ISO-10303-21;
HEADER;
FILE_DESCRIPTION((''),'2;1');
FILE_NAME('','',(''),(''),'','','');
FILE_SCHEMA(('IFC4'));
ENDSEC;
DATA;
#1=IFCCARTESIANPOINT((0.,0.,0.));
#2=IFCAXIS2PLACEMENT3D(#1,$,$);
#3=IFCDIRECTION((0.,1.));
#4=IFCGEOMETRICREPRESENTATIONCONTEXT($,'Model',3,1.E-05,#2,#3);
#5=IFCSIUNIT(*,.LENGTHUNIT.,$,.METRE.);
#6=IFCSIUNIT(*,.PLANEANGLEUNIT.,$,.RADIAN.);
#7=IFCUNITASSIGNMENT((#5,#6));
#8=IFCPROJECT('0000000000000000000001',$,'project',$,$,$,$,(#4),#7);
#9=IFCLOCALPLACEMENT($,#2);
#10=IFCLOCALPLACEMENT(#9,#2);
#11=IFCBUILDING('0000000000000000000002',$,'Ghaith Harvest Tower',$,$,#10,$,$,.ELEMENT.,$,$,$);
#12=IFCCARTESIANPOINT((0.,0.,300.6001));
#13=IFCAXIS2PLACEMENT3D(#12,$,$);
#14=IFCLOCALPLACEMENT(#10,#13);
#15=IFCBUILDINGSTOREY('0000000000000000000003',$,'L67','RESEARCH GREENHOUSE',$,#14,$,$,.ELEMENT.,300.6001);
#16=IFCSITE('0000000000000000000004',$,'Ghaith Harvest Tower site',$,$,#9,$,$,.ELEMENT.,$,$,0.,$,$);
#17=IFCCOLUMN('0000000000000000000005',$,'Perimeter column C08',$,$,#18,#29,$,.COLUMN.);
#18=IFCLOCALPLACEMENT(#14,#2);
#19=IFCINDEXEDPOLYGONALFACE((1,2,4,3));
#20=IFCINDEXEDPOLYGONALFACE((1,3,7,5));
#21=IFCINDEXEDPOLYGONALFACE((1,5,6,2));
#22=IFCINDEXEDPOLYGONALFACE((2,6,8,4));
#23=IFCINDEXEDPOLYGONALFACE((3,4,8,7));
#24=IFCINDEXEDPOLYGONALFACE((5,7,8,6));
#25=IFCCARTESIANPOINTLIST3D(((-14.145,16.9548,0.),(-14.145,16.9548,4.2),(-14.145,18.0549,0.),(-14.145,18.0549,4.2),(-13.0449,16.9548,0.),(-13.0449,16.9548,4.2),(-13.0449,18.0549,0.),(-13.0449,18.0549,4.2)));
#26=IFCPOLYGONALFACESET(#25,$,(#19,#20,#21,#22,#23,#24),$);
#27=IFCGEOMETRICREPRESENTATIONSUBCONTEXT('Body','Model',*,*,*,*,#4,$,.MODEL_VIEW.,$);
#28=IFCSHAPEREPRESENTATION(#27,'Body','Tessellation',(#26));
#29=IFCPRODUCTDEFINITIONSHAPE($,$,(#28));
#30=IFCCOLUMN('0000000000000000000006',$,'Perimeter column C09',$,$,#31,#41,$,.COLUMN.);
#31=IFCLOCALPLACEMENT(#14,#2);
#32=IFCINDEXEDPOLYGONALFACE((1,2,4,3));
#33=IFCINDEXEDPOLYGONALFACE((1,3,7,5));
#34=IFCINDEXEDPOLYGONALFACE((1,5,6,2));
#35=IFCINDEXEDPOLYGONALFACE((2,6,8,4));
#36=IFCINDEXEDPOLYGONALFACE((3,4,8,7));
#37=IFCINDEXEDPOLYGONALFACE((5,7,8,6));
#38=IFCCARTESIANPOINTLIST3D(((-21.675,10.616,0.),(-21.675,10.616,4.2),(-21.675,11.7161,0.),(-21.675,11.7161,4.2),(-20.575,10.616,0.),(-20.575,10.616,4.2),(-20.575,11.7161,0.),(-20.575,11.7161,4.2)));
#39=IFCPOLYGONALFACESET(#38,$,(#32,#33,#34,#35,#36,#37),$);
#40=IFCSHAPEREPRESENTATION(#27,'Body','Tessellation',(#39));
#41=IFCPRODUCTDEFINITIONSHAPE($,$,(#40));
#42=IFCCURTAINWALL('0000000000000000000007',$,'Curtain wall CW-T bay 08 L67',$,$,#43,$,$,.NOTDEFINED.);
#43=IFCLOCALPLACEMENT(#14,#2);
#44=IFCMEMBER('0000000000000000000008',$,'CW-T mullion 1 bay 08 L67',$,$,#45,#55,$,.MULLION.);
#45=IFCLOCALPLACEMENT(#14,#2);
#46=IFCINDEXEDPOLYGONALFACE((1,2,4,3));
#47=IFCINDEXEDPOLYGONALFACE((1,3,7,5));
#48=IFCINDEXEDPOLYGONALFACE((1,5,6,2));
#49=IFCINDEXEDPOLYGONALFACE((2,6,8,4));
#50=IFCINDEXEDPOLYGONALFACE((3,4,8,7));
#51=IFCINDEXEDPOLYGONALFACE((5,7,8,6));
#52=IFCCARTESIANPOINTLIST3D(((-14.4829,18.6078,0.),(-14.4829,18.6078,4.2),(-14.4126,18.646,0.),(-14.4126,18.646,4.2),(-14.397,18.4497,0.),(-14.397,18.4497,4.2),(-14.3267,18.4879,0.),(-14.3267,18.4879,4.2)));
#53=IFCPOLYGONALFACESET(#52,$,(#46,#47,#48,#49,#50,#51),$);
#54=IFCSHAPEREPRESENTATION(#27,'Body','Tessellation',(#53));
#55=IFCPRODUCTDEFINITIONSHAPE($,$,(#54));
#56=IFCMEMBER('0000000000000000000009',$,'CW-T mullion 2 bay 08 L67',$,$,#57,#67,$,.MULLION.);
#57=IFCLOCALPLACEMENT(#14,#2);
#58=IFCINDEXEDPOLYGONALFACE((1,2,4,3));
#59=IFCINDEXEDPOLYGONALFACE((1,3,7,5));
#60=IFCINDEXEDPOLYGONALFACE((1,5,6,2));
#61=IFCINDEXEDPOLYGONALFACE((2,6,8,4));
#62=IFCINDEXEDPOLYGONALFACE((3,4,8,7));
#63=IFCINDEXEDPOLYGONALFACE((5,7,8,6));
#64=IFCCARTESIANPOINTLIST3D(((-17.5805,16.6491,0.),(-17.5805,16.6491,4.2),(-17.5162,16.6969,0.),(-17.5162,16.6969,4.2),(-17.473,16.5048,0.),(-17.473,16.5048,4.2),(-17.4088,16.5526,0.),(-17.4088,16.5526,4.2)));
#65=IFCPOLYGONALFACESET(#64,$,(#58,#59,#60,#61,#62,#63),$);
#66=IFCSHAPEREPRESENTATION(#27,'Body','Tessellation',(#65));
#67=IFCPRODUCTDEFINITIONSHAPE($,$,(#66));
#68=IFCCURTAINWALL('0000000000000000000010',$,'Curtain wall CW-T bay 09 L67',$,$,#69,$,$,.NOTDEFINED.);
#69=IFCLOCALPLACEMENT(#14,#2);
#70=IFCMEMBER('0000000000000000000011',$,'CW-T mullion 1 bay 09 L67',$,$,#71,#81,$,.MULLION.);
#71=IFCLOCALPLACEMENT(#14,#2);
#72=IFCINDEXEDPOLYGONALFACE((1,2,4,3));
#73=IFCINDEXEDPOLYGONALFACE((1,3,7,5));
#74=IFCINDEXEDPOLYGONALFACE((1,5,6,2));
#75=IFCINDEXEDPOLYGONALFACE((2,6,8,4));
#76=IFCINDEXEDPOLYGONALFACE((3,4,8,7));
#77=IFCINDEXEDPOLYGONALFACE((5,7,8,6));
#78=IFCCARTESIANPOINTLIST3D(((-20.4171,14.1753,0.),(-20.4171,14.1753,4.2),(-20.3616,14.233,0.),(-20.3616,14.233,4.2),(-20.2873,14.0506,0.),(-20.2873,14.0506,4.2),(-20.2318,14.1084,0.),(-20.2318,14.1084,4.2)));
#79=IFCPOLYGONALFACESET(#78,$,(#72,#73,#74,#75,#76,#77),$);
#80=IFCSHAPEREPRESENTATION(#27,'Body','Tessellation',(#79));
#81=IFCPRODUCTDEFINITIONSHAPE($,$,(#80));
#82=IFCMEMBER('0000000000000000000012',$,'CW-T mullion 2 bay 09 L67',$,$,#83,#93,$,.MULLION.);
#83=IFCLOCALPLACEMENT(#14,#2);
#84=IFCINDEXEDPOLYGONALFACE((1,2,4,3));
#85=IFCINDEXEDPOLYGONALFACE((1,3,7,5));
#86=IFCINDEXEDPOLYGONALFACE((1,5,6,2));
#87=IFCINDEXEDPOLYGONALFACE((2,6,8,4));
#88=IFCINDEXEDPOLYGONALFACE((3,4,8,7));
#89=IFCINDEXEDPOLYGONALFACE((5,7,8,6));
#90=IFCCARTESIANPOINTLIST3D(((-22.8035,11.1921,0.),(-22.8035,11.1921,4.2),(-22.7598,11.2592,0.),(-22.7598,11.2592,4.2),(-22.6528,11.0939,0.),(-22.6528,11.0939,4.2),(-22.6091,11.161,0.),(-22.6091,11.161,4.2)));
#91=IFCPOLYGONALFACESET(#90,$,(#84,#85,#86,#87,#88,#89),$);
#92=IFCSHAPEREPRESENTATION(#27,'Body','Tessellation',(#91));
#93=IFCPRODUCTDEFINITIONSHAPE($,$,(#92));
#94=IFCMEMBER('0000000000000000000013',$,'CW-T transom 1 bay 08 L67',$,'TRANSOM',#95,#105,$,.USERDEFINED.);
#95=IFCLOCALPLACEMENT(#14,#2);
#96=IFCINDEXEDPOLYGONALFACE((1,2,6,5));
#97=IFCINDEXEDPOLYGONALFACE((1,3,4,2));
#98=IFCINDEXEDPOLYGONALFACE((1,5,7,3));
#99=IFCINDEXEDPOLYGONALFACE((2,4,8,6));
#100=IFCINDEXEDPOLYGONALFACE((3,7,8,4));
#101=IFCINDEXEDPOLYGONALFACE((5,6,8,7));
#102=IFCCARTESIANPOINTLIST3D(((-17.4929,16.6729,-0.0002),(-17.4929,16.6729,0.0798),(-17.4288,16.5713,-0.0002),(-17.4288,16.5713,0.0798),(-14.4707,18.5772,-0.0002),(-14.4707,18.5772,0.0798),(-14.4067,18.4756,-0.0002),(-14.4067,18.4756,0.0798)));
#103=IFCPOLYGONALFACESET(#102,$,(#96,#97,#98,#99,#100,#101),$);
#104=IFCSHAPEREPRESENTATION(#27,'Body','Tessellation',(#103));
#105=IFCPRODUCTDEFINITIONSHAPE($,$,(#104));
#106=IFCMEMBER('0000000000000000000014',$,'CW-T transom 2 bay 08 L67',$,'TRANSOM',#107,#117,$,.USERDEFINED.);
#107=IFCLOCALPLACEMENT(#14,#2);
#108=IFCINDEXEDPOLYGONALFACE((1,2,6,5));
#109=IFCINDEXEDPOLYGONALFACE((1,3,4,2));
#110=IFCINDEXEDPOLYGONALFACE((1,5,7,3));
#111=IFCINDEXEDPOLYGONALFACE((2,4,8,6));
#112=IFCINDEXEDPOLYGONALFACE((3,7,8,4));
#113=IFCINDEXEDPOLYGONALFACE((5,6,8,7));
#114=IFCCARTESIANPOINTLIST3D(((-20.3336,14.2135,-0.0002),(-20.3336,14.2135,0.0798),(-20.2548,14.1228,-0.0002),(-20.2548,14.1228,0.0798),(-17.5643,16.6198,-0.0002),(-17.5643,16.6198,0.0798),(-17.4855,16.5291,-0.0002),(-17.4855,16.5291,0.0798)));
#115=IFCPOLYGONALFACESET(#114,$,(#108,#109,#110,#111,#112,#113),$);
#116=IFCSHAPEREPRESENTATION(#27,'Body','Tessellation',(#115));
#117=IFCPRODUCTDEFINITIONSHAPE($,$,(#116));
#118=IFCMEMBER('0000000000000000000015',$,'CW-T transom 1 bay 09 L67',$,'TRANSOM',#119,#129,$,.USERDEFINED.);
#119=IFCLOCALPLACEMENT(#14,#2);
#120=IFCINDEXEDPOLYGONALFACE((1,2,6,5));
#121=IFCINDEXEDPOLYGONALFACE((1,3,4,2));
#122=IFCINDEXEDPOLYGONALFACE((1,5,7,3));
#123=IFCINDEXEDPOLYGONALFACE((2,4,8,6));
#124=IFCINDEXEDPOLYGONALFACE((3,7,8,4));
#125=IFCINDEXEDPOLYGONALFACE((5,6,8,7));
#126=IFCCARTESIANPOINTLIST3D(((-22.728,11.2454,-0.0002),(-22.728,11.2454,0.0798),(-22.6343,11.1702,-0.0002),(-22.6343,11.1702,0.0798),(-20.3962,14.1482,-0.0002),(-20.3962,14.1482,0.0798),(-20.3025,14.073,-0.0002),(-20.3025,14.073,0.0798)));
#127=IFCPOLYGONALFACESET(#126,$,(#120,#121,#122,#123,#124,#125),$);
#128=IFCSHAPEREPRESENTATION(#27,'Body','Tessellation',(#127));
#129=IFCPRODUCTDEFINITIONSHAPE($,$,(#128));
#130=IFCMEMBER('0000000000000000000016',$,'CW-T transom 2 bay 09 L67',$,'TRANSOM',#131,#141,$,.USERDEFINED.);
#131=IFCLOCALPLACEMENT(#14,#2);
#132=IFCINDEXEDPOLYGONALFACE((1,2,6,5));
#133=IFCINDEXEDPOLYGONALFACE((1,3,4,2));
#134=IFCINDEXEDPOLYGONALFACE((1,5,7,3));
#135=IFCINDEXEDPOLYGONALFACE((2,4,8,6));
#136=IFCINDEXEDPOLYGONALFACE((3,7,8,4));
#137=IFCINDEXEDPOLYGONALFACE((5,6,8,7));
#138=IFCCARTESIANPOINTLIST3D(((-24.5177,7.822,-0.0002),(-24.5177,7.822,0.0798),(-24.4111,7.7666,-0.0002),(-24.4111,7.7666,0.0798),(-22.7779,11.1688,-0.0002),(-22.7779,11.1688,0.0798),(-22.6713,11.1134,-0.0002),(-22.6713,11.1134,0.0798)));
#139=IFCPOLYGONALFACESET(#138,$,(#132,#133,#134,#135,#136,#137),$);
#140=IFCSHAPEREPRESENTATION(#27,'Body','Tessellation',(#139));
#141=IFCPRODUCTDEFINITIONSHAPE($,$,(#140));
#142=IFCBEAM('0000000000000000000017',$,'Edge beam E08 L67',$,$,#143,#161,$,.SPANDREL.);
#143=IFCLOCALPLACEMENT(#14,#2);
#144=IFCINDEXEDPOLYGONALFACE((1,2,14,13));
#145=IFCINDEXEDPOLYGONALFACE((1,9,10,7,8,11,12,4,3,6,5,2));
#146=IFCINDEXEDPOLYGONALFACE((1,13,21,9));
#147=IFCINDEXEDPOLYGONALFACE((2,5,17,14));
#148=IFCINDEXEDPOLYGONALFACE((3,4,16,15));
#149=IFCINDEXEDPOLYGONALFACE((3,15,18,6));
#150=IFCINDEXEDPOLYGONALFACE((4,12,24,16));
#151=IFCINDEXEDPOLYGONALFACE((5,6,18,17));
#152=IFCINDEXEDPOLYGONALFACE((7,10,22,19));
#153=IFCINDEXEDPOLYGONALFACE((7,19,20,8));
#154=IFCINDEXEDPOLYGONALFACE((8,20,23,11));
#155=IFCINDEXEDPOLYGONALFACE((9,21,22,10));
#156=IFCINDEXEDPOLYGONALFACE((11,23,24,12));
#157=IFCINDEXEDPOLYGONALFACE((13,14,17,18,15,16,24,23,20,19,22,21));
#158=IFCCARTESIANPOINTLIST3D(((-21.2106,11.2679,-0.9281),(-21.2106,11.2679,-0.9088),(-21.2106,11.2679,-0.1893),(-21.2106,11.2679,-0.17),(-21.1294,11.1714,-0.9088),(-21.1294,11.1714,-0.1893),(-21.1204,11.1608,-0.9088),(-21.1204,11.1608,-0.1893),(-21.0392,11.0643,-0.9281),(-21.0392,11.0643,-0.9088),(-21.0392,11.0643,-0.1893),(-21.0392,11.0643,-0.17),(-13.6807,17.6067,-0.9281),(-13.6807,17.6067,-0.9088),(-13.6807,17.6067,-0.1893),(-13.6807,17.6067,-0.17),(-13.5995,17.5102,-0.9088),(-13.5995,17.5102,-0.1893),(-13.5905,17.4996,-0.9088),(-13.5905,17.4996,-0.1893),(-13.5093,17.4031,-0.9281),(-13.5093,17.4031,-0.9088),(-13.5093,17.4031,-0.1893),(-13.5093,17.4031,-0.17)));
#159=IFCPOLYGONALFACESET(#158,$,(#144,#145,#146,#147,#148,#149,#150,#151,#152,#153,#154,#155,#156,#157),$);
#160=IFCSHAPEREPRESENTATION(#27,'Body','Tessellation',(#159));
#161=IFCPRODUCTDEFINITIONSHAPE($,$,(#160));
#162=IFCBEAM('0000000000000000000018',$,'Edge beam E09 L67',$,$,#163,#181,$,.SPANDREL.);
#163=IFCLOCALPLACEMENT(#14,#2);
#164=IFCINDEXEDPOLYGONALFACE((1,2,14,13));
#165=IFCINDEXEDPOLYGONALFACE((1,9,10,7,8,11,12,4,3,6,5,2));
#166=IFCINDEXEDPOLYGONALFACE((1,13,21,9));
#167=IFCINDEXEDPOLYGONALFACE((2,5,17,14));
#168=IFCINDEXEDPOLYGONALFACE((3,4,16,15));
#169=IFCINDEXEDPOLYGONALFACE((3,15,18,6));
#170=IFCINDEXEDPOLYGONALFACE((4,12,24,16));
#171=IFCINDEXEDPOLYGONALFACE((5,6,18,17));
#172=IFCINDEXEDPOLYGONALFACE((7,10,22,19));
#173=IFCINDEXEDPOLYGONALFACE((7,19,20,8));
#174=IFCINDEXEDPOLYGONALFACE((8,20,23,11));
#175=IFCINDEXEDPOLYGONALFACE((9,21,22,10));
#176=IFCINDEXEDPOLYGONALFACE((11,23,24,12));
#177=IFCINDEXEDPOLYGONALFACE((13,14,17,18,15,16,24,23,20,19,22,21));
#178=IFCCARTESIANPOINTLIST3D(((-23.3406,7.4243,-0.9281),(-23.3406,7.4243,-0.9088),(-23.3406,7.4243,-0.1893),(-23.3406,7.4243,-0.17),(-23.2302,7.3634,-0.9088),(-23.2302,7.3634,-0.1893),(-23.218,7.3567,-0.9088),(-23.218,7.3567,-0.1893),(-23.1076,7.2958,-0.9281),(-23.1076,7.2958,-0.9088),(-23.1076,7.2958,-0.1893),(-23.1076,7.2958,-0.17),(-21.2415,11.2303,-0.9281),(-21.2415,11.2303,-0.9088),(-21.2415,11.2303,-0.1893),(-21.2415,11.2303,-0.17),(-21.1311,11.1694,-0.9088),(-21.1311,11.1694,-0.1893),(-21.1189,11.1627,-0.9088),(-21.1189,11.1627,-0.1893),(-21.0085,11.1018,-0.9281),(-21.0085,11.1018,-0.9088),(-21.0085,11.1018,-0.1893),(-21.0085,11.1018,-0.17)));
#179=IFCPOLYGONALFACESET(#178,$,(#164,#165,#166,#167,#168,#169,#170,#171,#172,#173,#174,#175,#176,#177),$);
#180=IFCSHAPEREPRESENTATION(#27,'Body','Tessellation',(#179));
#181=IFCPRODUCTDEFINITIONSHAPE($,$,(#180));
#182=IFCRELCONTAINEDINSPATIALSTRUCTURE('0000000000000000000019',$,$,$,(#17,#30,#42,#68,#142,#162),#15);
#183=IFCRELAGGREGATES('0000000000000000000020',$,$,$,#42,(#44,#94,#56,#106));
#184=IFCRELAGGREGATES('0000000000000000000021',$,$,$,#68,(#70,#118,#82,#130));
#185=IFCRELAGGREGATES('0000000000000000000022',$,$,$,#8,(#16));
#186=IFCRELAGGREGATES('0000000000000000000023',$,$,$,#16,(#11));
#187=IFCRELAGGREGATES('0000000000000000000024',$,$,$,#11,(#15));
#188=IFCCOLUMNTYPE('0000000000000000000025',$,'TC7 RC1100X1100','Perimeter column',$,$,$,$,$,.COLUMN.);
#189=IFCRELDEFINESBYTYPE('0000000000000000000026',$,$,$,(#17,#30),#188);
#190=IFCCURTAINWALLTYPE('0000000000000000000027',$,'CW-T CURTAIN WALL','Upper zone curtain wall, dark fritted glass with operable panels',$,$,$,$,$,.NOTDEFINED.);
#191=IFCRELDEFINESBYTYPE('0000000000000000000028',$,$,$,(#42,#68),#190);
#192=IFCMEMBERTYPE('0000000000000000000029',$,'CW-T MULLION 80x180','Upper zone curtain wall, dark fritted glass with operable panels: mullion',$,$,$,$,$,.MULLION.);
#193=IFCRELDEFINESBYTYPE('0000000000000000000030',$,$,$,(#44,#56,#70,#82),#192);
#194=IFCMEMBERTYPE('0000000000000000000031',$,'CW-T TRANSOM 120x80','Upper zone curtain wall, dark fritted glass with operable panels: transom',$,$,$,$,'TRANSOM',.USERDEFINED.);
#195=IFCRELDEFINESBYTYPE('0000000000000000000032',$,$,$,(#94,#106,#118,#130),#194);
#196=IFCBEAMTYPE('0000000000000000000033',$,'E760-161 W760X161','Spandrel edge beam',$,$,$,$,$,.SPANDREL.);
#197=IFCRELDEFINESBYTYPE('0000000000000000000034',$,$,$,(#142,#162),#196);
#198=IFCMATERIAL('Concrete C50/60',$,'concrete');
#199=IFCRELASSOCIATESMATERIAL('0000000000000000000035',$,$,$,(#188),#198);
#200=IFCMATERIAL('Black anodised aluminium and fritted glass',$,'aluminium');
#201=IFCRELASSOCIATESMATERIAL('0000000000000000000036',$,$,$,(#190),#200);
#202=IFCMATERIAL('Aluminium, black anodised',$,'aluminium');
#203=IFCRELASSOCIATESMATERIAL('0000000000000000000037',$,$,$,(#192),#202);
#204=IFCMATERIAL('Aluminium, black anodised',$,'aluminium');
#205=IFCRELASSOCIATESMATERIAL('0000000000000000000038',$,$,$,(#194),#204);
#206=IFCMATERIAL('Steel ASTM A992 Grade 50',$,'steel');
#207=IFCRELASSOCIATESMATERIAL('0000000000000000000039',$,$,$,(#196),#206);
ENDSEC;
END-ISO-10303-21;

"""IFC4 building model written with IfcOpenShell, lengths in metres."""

from ifc_helpers import new_model, si_unit, direction, frame, origin, origin_2d, place, context, subcontext, project, spatial, rectangle, i_section, extrude, material, material_profile, profile_set, type_object, element, aggregate, save


model = new_model("IFC4")

# Units and contexts
model_context = context("Model", 3, precision=1e-05, world=origin(), true_north=direction((0.0, 1.0)))
body_context = subcontext(model_context, "Body", "Model", "MODEL_VIEW")
ifc_project = project(units=[si_unit("LENGTHUNIT", "METRE"), si_unit("PLANEANGLEUNIT", "RADIAN")], contexts=[model_context])

# Site, building, storey
site_placement = place(None, origin())
site = spatial("IfcSite", under=ifc_project, at=site_placement, Name="Ghaith Harvest Tower site", CompositionType="ELEMENT", RefElevation=0.0)
building_placement = place(site_placement, origin())
building = spatial("IfcBuilding", under=site, at=building_placement, Name="Ghaith Harvest Tower", CompositionType="ELEMENT")
storey_placement = place(building_placement, frame((0.0, 0.0, 300.6001)))
storey = spatial("IfcBuildingStorey", under=building, at=storey_placement, Name="L67", Description="RESEARCH GREENHOUSE", CompositionType="ELEMENT", Elevation=300.6001)

# Columns
ifc_material_1 = material(Name="Concrete C50/60", Category="concrete")
ifc_material_profile_1 = material_profile(ifc_material_1, rectangle(XDim=1.1001, YDim=1.1001, at=origin_2d()), Name="RC1100X1100")
ifc_profile_set_1 = profile_set([ifc_material_profile_1], Name="Concrete C50/60")
column_type = type_object("IfcColumnType", Name="TC7 RC1100X1100", Description="Perimeter column", PredefinedType="COLUMN", material=ifc_profile_set_1)
for number, where, z_axis, x_axis, name in (
    (1, (-13.595, 17.5049, 0.0), (0.0, 0.0, 1.0), (1.0, 0.0, 0.0), "Perimeter column C08"),
    (2, (-21.125, 11.166, 0.0), (0.0, 0.0, 1.0), (1.0, 0.0, 0.0), "Perimeter column C09"),
):
    element("IfcColumn", number, at=place(storey_placement, frame(where, z_axis=z_axis, x_axis=x_axis)), inside=storey, type_object=column_type, Name=name, PredefinedType="COLUMN", context=body_context, shape_type="SweptSolid", body=[
        extrude(rectangle(XDim=1.1001, YDim=1.1001, at=origin_2d()), origin(), (0.0, 0.0, 1.0), 4.2),
    ])

# Curtain walls, members
ifc_material_2 = material(Name="Black anodised aluminium and fritted glass", Category="aluminium")
curtain_wall_type = type_object("IfcCurtainWallType", Name="CW-T CURTAIN WALL", Description="Upper zone curtain wall, dark fritted glass with operable panels", PredefinedType="NOTDEFINED", material=ifc_material_2)
curtain_wall_1_placement = place(storey_placement, origin())
curtain_wall_1 = element("IfcCurtainWall", 3, at=curtain_wall_1_placement, inside=storey, type_object=curtain_wall_type, Name="Curtain wall CW-T bay 08 L67", PredefinedType="NOTDEFINED")
ifc_material_3 = material(Name="Aluminium, black anodised", Category="aluminium")
ifc_material_profile_2 = material_profile(ifc_material_3, rectangle(XDim=0.0801, YDim=0.1799, at=origin_2d()), Name="CW-T MULLION 80x180")
ifc_profile_set_2 = profile_set([ifc_material_profile_2], Name="Aluminium, black anodised")
member_type_1 = type_object("IfcMemberType", Name="CW-T MULLION 80x180", Description="Upper zone curtain wall, dark fritted glass with operable panels: mullion", PredefinedType="MULLION", material=ifc_profile_set_2)
member_1_placement = place(storey_placement, frame((-14.4048, 18.5479, 0.0), z_axis=(0.0, 0.0, 1.0), x_axis=(-0.878672, -0.477426, 0.0)))
member_1 = element("IfcMember", 4, at=member_1_placement, type_object=member_type_1, Name="CW-T mullion 1 bay 08 L67", PredefinedType="MULLION", context=body_context, shape_type="SweptSolid", body=[
    extrude(rectangle(XDim=0.0801, YDim=0.1799, at=origin_2d()), origin(), (0.0, 0.0, 1.0), 4.2),
])
member_2_placement = place(storey_placement, frame((-17.4946, 16.6008, 0.0), z_axis=(0.0, 0.0, 1.0), x_axis=(-0.80219, -0.597069, 0.0)))
member_2 = element("IfcMember", 5, at=member_2_placement, type_object=member_type_1, Name="CW-T mullion 2 bay 08 L67", PredefinedType="MULLION", context=body_context, shape_type="SweptSolid", body=[
    extrude(rectangle(XDim=0.0801, YDim=0.1799, at=origin_2d()), origin(), (0.0, 0.0, 1.0), 4.2),
])
curtain_wall_2_placement = place(storey_placement, origin())
curtain_wall_2 = element("IfcCurtainWall", 6, at=curtain_wall_2_placement, inside=storey, type_object=curtain_wall_type, Name="Curtain wall CW-T bay 09 L67", PredefinedType="NOTDEFINED")
member_3_placement = place(storey_placement, frame((-20.3245, 14.1418, 0.0), z_axis=(0.0, 0.0, 1.0), x_axis=(-0.692826, -0.721104, 0.0)))
member_3 = element("IfcMember", 7, at=member_3_placement, type_object=member_type_1, Name="CW-T mullion 1 bay 09 L67", PredefinedType="MULLION", context=body_context, shape_type="SweptSolid", body=[
    extrude(rectangle(XDim=0.0801, YDim=0.1799, at=origin_2d()), origin(), (0.0, 0.0, 1.0), 4.2),
])
member_4_placement = place(storey_placement, frame((-22.7063, 11.1765, 0.0), z_axis=(0.0, 0.0, 1.0), x_axis=(-0.545865, -0.837873, 0.0)))
member_4 = element("IfcMember", 8, at=member_4_placement, type_object=member_type_1, Name="CW-T mullion 2 bay 09 L67", PredefinedType="MULLION", context=body_context, shape_type="SweptSolid", body=[
    extrude(rectangle(XDim=0.0801, YDim=0.1799, at=origin_2d()), origin(), (0.0, 0.0, 1.0), 4.2),
])

# Members
ifc_material_4 = material(Name="Aluminium, black anodised", Category="aluminium")
ifc_material_profile_3 = material_profile(ifc_material_4, rectangle(XDim=0.1201, YDim=0.0801, at=origin_2d()), Name="CW-T TRANSOM 120x80")
ifc_profile_set_3 = profile_set([ifc_material_profile_3], Name="Aluminium, black anodised")
member_type_2 = type_object("IfcMemberType", Name="CW-T TRANSOM 120x80", Description="Upper zone curtain wall, dark fritted glass with operable panels: transom", ElementType="TRANSOM", PredefinedType="USERDEFINED", material=ifc_profile_set_3)
member_5_placement = place(storey_placement, frame((-14.4387, 18.5264, 0.0398), z_axis=(-0.846054, -0.533098, 0.0), x_axis=(0.533098, -0.846054, 0.0)))
member_5 = element("IfcMember", 9, at=member_5_placement, type_object=member_type_2, Name="CW-T transom 1 bay 08 L67", ObjectType="TRANSOM", PredefinedType="USERDEFINED", context=body_context, shape_type="SweptSolid", body=[
    extrude(rectangle(XDim=0.1201, YDim=0.0801, at=origin_2d()), origin(), (0.0, 0.0, 1.0), 3.572),
])
member_6_placement = place(storey_placement, frame((-17.5249, 16.5745, 0.0398), z_axis=(-0.754852, -0.655895, 0.0), x_axis=(0.655895, -0.754852, 0.0)))
member_6 = element("IfcMember", 10, at=member_6_placement, type_object=member_type_2, Name="CW-T transom 2 bay 08 L67", ObjectType="TRANSOM", PredefinedType="USERDEFINED", context=body_context, shape_type="SweptSolid", body=[
    extrude(rectangle(XDim=0.1201, YDim=0.0801, at=origin_2d()), origin(), (0.0, 0.0, 1.0), 3.6687),
])
member_7_placement = place(storey_placement, frame((-20.3494, 14.1106, 0.0398), z_axis=(-0.626253, -0.77962, 0.0), x_axis=(0.77962, -0.626253, 0.0)))
member_7 = element("IfcMember", 11, at=member_7_placement, type_object=member_type_2, Name="CW-T transom 1 bay 09 L67", ObjectType="TRANSOM", PredefinedType="USERDEFINED", context=body_context, shape_type="SweptSolid", body=[
    extrude(rectangle(XDim=0.1201, YDim=0.0801, at=origin_2d()), origin(), (0.0, 0.0, 1.0), 3.7234),
])
member_8_placement = place(storey_placement, frame((-22.7246, 11.1411, 0.0398), z_axis=(-0.461243, -0.887274, 0.0), x_axis=(0.887274, -0.461243, 0.0)))
member_8 = element("IfcMember", 12, at=member_8_placement, type_object=member_type_2, Name="CW-T transom 2 bay 09 L67", ObjectType="TRANSOM", PredefinedType="USERDEFINED", context=body_context, shape_type="SweptSolid", body=[
    extrude(rectangle(XDim=0.1201, YDim=0.0801, at=origin_2d()), origin(), (0.0, 0.0, 1.0), 3.772),
])

# Beams
ifc_material_5 = material(Name="Steel ASTM A992 Grade 50", Category="steel")
ifc_material_profile_4 = material_profile(ifc_material_5, i_section(OverallWidth=0.2661, OverallDepth=0.7581, WebThickness=0.0139, FlangeThickness=0.0193, at=origin_2d()), Name="W760X161")
ifc_profile_set_4 = profile_set([ifc_material_profile_4], Name="Steel ASTM A992 Grade 50")
beam_type = type_object("IfcBeamType", Name="E760-161 W760X161", Description="Spandrel edge beam", PredefinedType="SPANDREL", material=ifc_profile_set_4)
beam_1_placement = place(storey_placement, frame((-13.595, 17.5049, -0.5491), z_axis=(-0.765022, -0.644004, 0.0), x_axis=(0.644004, -0.765022, 0.0)))
element("IfcBeam", 13, at=beam_1_placement, inside=storey, type_object=beam_type, Name="Edge beam E08 L67", PredefinedType="SPANDREL", context=body_context, shape_type="SweptSolid", body=[
    extrude(i_section(OverallWidth=0.2661, OverallDepth=0.7581, WebThickness=0.0139, FlangeThickness=0.0193, at=origin_2d()), origin(), (0.0, 0.0, 1.0), 9.8428),
])
beam_2_placement = place(storey_placement, frame((-21.125, 11.166, -0.5491), z_axis=(-0.482956, -0.875645, 0.0), x_axis=(0.875645, -0.482956, 0.0)))
element("IfcBeam", 14, at=beam_2_placement, inside=storey, type_object=beam_type, Name="Edge beam E09 L67", PredefinedType="SPANDREL", context=body_context, shape_type="SweptSolid", body=[
    extrude(i_section(OverallWidth=0.2661, OverallDepth=0.7581, WebThickness=0.0139, FlangeThickness=0.0193, at=origin_2d()), origin(), (0.0, 0.0, 1.0), 4.3464),
])

aggregate(curtain_wall_1, [member_1, member_5, member_2, member_6])
aggregate(curtain_wall_2, [member_3, member_7, member_4, member_8])

save(model, "model.ifc")
